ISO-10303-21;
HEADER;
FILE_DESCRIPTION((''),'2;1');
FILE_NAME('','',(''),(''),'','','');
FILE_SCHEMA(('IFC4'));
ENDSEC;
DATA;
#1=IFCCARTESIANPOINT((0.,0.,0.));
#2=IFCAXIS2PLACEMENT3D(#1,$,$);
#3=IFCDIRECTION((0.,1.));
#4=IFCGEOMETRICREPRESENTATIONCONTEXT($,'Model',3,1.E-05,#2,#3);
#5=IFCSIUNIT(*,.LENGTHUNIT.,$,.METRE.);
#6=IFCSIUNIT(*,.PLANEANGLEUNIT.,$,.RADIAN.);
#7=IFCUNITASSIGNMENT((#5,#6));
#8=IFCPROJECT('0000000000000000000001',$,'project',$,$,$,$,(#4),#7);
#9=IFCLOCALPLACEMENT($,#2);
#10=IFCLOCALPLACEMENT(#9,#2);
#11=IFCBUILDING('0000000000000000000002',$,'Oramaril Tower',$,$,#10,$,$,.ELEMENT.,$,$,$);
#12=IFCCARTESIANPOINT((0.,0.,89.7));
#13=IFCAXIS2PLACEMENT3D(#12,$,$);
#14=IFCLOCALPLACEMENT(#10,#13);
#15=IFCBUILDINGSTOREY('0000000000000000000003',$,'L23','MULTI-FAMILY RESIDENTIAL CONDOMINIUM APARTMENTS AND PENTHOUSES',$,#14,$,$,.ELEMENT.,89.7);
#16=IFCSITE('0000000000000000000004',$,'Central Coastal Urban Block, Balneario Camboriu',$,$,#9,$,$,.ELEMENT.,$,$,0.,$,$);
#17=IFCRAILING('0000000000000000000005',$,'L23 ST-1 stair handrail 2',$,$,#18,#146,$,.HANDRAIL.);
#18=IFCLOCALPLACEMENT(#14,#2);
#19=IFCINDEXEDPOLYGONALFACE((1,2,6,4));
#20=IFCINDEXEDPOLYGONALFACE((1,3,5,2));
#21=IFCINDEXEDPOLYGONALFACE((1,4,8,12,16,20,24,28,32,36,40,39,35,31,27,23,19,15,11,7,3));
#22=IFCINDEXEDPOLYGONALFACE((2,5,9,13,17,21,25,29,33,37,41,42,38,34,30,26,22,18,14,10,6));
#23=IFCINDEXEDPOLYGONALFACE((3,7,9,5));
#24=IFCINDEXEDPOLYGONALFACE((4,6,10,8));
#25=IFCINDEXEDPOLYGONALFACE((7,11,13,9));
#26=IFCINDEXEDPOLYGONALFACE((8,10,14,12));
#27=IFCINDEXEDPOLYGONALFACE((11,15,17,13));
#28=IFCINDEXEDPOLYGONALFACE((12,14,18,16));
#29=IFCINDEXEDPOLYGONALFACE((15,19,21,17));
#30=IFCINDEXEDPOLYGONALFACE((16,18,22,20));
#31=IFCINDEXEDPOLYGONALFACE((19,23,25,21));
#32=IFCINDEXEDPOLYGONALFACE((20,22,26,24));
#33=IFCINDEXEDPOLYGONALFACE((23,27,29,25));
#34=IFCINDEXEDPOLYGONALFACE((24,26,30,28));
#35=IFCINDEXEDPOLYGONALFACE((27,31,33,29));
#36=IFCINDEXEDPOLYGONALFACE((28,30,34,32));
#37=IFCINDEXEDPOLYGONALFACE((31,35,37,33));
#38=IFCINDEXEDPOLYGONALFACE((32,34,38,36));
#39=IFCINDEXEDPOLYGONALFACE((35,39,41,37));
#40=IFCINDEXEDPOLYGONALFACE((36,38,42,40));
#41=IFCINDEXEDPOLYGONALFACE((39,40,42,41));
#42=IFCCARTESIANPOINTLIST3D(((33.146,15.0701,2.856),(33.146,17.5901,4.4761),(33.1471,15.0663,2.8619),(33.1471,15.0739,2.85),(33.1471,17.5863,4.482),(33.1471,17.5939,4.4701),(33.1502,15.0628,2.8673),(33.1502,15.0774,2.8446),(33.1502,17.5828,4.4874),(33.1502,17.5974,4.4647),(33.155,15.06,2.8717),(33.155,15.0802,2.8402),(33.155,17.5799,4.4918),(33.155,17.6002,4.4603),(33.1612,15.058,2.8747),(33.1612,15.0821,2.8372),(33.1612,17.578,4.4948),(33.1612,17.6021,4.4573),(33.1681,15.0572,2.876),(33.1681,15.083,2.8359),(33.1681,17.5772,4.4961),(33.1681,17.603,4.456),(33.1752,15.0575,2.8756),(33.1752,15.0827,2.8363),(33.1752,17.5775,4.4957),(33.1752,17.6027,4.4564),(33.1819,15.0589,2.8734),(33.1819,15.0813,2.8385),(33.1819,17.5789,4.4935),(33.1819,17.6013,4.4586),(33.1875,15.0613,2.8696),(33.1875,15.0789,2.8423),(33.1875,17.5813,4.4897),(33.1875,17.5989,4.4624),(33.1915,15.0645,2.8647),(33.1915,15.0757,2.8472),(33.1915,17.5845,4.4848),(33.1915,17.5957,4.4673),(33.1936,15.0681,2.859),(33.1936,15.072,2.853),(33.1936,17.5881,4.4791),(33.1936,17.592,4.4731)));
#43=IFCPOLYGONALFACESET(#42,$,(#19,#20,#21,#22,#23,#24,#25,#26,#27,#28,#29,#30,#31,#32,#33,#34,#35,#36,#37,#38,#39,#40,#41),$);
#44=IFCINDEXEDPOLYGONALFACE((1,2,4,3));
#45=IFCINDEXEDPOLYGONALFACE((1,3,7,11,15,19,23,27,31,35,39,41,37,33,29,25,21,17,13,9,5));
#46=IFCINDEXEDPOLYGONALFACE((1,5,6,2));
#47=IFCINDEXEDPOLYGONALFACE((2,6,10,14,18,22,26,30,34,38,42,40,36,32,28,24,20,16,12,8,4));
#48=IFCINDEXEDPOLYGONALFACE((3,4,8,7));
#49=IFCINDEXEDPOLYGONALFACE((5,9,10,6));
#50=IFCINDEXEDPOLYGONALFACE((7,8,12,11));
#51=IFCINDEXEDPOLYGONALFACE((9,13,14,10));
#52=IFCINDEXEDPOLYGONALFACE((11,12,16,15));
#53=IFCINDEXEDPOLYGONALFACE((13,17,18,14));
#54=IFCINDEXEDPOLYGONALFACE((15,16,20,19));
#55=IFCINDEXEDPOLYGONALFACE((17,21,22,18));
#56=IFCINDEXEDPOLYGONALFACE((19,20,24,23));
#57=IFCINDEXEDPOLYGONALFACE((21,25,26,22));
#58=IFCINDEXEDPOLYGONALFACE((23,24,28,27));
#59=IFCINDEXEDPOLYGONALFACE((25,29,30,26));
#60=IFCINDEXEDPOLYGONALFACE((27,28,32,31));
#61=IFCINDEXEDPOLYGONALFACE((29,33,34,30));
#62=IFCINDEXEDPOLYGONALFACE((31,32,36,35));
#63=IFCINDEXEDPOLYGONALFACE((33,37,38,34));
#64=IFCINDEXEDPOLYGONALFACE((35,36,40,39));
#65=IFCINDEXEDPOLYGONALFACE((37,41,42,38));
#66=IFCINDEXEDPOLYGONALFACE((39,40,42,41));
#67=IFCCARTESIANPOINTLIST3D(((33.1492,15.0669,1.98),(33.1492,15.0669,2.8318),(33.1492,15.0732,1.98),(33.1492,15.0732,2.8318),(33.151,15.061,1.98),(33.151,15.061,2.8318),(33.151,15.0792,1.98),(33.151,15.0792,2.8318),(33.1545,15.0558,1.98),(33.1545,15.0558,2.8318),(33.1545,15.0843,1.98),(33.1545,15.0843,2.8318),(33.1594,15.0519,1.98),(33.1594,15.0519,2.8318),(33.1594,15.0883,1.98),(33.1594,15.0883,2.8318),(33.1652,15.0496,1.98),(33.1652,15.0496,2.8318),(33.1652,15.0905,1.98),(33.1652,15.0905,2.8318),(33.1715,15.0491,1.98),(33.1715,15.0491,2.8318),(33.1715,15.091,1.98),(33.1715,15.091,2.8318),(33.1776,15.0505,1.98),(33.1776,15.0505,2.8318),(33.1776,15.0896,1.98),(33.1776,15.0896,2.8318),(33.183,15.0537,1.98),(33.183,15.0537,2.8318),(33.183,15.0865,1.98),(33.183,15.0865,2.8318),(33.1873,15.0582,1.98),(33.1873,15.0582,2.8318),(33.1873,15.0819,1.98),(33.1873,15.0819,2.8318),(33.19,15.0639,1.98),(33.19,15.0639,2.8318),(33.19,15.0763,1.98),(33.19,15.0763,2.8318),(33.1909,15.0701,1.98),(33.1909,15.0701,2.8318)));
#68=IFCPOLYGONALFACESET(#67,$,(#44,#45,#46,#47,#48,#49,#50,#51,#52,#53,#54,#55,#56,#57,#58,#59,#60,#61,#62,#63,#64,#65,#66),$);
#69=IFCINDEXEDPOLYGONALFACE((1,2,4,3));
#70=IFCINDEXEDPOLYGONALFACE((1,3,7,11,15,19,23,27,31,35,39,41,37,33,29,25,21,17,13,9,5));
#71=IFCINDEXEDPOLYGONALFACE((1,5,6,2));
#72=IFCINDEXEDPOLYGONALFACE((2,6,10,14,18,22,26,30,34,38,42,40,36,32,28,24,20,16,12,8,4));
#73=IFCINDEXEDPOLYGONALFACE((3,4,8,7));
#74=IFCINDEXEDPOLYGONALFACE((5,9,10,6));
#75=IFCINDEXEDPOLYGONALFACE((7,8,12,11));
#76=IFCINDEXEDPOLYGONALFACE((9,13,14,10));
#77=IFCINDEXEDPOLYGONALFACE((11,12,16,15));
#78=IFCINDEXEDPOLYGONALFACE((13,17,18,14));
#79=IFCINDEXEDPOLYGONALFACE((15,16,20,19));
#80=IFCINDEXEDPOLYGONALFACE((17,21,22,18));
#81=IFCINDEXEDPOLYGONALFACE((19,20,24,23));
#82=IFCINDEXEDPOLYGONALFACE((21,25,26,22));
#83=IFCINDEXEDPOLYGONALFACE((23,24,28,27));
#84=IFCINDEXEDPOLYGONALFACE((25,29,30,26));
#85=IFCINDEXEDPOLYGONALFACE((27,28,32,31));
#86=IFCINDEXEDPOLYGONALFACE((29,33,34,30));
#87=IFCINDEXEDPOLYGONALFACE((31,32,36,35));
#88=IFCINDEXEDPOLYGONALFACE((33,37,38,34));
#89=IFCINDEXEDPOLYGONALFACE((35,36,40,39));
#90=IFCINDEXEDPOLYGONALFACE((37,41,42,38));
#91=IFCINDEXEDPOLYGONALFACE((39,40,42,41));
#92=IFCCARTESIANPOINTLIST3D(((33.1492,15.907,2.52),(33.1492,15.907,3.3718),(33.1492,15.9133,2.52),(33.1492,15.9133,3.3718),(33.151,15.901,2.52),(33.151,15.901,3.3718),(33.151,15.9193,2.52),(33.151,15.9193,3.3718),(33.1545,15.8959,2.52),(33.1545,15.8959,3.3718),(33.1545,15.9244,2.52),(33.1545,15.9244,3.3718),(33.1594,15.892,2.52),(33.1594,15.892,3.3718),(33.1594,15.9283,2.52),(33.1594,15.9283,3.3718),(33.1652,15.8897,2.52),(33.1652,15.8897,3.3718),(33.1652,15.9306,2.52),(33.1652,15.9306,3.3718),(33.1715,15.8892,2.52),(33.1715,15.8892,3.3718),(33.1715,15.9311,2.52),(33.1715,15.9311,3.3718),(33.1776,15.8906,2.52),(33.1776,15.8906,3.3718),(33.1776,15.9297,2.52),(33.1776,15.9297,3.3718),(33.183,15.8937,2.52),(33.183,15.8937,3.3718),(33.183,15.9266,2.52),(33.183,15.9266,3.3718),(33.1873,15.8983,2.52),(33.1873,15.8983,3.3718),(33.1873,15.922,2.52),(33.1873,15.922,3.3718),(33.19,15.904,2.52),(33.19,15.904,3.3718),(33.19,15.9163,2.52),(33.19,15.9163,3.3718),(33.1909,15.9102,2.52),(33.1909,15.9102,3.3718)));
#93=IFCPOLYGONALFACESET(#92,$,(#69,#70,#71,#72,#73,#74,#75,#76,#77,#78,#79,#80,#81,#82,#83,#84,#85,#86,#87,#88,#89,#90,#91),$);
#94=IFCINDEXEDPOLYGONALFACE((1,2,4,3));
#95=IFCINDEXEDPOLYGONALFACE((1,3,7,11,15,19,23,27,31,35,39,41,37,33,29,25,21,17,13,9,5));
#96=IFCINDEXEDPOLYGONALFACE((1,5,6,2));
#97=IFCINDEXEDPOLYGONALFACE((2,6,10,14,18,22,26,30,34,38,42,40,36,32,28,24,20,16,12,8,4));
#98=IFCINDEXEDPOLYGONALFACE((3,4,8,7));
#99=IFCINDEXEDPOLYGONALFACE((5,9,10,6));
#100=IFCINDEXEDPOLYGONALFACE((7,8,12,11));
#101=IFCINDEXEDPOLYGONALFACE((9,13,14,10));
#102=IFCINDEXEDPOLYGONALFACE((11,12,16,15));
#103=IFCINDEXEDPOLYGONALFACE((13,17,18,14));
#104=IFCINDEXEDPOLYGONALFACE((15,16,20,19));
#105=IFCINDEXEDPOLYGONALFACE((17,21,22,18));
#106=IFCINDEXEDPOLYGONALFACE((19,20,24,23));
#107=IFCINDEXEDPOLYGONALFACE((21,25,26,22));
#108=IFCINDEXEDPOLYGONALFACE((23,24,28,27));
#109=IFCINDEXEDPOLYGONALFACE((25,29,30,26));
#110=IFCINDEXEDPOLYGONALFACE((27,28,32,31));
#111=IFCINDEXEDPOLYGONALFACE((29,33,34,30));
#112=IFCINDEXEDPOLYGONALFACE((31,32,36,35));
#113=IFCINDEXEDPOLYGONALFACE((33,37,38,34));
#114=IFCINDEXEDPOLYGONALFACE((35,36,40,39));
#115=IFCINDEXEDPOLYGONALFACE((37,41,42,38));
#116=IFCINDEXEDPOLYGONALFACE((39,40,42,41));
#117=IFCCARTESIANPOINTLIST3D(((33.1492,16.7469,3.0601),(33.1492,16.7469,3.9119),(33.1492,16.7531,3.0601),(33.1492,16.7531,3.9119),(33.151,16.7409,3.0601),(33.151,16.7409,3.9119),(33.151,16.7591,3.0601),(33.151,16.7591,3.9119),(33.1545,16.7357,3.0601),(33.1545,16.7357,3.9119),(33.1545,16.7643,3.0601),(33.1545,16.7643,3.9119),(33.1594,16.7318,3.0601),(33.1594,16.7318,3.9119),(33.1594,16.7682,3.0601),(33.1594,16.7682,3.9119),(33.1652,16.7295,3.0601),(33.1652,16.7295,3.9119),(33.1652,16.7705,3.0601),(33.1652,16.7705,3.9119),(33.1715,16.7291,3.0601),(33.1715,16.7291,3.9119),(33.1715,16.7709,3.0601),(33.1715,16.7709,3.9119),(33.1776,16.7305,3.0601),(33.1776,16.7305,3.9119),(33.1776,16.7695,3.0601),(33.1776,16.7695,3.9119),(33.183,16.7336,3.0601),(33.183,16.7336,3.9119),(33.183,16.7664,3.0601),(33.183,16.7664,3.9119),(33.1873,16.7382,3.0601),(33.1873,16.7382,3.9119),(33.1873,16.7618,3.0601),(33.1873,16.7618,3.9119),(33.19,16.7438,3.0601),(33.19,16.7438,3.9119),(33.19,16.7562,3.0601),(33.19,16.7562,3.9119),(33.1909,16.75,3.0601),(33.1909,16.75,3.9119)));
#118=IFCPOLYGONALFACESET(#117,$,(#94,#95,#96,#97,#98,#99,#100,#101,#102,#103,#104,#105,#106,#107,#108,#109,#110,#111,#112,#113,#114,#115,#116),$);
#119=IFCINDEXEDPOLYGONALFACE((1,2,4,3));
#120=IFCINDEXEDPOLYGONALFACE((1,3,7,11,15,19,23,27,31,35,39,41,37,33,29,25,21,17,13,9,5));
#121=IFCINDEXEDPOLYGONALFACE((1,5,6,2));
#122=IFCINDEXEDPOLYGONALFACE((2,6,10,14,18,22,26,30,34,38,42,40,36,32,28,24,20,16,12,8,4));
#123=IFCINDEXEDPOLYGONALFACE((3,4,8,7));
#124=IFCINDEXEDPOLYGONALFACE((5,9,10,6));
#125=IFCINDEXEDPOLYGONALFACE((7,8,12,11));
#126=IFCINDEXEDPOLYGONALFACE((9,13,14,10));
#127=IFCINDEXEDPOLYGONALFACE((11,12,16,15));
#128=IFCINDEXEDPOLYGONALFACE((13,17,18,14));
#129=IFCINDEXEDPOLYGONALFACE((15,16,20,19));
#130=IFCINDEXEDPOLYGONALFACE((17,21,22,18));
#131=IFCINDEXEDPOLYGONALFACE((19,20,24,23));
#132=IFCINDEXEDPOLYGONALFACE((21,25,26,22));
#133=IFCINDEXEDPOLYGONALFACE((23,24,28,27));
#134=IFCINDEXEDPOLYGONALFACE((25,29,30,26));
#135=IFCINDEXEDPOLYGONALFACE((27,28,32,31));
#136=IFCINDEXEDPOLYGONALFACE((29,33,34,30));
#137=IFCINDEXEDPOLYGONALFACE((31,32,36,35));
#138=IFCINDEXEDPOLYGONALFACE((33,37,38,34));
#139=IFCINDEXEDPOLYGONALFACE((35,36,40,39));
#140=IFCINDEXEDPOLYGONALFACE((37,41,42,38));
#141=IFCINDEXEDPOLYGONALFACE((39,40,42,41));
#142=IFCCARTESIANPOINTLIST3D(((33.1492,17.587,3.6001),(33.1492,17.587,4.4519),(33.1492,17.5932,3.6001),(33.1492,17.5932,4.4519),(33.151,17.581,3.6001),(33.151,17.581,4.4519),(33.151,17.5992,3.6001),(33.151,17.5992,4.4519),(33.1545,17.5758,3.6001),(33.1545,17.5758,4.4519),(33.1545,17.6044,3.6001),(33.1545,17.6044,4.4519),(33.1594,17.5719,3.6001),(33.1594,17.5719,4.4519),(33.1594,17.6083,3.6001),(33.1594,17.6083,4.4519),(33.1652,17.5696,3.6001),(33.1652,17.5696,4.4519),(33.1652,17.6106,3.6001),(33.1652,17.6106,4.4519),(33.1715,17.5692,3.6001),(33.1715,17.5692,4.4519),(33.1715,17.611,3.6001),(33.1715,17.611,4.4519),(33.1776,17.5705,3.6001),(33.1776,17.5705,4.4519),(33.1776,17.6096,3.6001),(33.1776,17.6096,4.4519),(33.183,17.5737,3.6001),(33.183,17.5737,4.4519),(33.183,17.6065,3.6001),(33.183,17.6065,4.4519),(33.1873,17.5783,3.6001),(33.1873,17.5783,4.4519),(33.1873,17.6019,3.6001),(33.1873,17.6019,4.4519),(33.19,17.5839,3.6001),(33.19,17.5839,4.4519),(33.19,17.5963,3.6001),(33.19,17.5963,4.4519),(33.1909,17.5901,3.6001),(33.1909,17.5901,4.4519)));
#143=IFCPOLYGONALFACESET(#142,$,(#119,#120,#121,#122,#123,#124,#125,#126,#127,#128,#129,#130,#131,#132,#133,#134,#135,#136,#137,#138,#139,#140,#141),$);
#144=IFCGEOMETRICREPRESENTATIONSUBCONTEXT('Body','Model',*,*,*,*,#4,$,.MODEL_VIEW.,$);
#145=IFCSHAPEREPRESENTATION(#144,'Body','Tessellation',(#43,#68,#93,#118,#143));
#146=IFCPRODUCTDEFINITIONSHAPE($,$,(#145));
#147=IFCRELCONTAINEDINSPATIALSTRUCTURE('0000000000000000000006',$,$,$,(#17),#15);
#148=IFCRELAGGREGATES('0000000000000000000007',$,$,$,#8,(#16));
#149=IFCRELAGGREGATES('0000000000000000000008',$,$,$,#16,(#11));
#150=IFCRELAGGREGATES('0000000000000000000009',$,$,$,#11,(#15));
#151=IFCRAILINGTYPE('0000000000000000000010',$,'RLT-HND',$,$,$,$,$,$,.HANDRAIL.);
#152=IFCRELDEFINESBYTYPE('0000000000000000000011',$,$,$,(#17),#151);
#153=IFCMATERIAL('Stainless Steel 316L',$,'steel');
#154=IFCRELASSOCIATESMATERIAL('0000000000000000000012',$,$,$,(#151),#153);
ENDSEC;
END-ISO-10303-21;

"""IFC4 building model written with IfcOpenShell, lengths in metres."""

from ifc_helpers import new_model, si_unit, direction, frame, origin, origin_2d, place, context, subcontext, project, spatial, circle, extrude, material, type_object, element, save


model = new_model("IFC4")

# Units and contexts
model_context = context("Model", 3, precision=1e-05, world=origin(), true_north=direction((0.0, 1.0)))
body_context = subcontext(model_context, "Body", "Model", "MODEL_VIEW")
ifc_project = project(units=[si_unit("LENGTHUNIT", "METRE"), si_unit("PLANEANGLEUNIT", "RADIAN")], contexts=[model_context])

# Site, building, storey
site_placement = place(None, origin())
site = spatial("IfcSite", under=ifc_project, at=site_placement, Name="Central Coastal Urban Block, Balneario Camboriu", CompositionType="ELEMENT", RefElevation=0.0)
building_placement = place(site_placement, origin())
building = spatial("IfcBuilding", under=site, at=building_placement, Name="Oramaril Tower", CompositionType="ELEMENT")
storey_placement = place(building_placement, frame((0.0, 0.0, 89.7)))
storey = spatial("IfcBuildingStorey", under=building, at=storey_placement, Name="L23", Description="MULTI-FAMILY RESIDENTIAL CONDOMINIUM APARTMENTS AND PENTHOUSES", CompositionType="ELEMENT", Elevation=89.7)

# Railing
ifc_material_1 = material(Name="Stainless Steel 316L", Category="steel")
railing_type_1 = type_object("IfcRailingType", Name="RLT-HND", PredefinedType="HANDRAIL", material=ifc_material_1)
railing_1_placement = place(storey_placement, frame((33.1699, 15.0701, 1.98)))
element("IfcRailing", 1, at=railing_1_placement, inside=storey, type_object=railing_type_1, Name="L23 ST-1 stair handrail 2", PredefinedType="HANDRAIL", context=body_context, shape_type="SweptSolid", body=[
    extrude(circle(Radius=0.0239, at=origin_2d()), frame((0.0, 0.0, 0.876), z_axis=(0.0, 0.841163, 0.540782), x_axis=(-1.0, 0.0, 0.0)), (0.0, 0.0, 1.0), 2.9958),
    extrude(circle(Radius=0.021, at=origin_2d()), origin(), (0.0, 0.0, 1.0), 0.8518),
    extrude(circle(Radius=0.021, at=origin_2d()), frame((0.0, 0.8401, 0.54)), (0.0, 0.0, 1.0), 0.8518),
    extrude(circle(Radius=0.021, at=origin_2d()), frame((0.0, 1.6799, 1.0801)), (0.0, 0.0, 1.0), 0.8518),
    extrude(circle(Radius=0.021, at=origin_2d()), frame((0.0, 2.52, 1.6201)), (0.0, 0.0, 1.0), 0.8518),
])

save(model, "model.ifc")
